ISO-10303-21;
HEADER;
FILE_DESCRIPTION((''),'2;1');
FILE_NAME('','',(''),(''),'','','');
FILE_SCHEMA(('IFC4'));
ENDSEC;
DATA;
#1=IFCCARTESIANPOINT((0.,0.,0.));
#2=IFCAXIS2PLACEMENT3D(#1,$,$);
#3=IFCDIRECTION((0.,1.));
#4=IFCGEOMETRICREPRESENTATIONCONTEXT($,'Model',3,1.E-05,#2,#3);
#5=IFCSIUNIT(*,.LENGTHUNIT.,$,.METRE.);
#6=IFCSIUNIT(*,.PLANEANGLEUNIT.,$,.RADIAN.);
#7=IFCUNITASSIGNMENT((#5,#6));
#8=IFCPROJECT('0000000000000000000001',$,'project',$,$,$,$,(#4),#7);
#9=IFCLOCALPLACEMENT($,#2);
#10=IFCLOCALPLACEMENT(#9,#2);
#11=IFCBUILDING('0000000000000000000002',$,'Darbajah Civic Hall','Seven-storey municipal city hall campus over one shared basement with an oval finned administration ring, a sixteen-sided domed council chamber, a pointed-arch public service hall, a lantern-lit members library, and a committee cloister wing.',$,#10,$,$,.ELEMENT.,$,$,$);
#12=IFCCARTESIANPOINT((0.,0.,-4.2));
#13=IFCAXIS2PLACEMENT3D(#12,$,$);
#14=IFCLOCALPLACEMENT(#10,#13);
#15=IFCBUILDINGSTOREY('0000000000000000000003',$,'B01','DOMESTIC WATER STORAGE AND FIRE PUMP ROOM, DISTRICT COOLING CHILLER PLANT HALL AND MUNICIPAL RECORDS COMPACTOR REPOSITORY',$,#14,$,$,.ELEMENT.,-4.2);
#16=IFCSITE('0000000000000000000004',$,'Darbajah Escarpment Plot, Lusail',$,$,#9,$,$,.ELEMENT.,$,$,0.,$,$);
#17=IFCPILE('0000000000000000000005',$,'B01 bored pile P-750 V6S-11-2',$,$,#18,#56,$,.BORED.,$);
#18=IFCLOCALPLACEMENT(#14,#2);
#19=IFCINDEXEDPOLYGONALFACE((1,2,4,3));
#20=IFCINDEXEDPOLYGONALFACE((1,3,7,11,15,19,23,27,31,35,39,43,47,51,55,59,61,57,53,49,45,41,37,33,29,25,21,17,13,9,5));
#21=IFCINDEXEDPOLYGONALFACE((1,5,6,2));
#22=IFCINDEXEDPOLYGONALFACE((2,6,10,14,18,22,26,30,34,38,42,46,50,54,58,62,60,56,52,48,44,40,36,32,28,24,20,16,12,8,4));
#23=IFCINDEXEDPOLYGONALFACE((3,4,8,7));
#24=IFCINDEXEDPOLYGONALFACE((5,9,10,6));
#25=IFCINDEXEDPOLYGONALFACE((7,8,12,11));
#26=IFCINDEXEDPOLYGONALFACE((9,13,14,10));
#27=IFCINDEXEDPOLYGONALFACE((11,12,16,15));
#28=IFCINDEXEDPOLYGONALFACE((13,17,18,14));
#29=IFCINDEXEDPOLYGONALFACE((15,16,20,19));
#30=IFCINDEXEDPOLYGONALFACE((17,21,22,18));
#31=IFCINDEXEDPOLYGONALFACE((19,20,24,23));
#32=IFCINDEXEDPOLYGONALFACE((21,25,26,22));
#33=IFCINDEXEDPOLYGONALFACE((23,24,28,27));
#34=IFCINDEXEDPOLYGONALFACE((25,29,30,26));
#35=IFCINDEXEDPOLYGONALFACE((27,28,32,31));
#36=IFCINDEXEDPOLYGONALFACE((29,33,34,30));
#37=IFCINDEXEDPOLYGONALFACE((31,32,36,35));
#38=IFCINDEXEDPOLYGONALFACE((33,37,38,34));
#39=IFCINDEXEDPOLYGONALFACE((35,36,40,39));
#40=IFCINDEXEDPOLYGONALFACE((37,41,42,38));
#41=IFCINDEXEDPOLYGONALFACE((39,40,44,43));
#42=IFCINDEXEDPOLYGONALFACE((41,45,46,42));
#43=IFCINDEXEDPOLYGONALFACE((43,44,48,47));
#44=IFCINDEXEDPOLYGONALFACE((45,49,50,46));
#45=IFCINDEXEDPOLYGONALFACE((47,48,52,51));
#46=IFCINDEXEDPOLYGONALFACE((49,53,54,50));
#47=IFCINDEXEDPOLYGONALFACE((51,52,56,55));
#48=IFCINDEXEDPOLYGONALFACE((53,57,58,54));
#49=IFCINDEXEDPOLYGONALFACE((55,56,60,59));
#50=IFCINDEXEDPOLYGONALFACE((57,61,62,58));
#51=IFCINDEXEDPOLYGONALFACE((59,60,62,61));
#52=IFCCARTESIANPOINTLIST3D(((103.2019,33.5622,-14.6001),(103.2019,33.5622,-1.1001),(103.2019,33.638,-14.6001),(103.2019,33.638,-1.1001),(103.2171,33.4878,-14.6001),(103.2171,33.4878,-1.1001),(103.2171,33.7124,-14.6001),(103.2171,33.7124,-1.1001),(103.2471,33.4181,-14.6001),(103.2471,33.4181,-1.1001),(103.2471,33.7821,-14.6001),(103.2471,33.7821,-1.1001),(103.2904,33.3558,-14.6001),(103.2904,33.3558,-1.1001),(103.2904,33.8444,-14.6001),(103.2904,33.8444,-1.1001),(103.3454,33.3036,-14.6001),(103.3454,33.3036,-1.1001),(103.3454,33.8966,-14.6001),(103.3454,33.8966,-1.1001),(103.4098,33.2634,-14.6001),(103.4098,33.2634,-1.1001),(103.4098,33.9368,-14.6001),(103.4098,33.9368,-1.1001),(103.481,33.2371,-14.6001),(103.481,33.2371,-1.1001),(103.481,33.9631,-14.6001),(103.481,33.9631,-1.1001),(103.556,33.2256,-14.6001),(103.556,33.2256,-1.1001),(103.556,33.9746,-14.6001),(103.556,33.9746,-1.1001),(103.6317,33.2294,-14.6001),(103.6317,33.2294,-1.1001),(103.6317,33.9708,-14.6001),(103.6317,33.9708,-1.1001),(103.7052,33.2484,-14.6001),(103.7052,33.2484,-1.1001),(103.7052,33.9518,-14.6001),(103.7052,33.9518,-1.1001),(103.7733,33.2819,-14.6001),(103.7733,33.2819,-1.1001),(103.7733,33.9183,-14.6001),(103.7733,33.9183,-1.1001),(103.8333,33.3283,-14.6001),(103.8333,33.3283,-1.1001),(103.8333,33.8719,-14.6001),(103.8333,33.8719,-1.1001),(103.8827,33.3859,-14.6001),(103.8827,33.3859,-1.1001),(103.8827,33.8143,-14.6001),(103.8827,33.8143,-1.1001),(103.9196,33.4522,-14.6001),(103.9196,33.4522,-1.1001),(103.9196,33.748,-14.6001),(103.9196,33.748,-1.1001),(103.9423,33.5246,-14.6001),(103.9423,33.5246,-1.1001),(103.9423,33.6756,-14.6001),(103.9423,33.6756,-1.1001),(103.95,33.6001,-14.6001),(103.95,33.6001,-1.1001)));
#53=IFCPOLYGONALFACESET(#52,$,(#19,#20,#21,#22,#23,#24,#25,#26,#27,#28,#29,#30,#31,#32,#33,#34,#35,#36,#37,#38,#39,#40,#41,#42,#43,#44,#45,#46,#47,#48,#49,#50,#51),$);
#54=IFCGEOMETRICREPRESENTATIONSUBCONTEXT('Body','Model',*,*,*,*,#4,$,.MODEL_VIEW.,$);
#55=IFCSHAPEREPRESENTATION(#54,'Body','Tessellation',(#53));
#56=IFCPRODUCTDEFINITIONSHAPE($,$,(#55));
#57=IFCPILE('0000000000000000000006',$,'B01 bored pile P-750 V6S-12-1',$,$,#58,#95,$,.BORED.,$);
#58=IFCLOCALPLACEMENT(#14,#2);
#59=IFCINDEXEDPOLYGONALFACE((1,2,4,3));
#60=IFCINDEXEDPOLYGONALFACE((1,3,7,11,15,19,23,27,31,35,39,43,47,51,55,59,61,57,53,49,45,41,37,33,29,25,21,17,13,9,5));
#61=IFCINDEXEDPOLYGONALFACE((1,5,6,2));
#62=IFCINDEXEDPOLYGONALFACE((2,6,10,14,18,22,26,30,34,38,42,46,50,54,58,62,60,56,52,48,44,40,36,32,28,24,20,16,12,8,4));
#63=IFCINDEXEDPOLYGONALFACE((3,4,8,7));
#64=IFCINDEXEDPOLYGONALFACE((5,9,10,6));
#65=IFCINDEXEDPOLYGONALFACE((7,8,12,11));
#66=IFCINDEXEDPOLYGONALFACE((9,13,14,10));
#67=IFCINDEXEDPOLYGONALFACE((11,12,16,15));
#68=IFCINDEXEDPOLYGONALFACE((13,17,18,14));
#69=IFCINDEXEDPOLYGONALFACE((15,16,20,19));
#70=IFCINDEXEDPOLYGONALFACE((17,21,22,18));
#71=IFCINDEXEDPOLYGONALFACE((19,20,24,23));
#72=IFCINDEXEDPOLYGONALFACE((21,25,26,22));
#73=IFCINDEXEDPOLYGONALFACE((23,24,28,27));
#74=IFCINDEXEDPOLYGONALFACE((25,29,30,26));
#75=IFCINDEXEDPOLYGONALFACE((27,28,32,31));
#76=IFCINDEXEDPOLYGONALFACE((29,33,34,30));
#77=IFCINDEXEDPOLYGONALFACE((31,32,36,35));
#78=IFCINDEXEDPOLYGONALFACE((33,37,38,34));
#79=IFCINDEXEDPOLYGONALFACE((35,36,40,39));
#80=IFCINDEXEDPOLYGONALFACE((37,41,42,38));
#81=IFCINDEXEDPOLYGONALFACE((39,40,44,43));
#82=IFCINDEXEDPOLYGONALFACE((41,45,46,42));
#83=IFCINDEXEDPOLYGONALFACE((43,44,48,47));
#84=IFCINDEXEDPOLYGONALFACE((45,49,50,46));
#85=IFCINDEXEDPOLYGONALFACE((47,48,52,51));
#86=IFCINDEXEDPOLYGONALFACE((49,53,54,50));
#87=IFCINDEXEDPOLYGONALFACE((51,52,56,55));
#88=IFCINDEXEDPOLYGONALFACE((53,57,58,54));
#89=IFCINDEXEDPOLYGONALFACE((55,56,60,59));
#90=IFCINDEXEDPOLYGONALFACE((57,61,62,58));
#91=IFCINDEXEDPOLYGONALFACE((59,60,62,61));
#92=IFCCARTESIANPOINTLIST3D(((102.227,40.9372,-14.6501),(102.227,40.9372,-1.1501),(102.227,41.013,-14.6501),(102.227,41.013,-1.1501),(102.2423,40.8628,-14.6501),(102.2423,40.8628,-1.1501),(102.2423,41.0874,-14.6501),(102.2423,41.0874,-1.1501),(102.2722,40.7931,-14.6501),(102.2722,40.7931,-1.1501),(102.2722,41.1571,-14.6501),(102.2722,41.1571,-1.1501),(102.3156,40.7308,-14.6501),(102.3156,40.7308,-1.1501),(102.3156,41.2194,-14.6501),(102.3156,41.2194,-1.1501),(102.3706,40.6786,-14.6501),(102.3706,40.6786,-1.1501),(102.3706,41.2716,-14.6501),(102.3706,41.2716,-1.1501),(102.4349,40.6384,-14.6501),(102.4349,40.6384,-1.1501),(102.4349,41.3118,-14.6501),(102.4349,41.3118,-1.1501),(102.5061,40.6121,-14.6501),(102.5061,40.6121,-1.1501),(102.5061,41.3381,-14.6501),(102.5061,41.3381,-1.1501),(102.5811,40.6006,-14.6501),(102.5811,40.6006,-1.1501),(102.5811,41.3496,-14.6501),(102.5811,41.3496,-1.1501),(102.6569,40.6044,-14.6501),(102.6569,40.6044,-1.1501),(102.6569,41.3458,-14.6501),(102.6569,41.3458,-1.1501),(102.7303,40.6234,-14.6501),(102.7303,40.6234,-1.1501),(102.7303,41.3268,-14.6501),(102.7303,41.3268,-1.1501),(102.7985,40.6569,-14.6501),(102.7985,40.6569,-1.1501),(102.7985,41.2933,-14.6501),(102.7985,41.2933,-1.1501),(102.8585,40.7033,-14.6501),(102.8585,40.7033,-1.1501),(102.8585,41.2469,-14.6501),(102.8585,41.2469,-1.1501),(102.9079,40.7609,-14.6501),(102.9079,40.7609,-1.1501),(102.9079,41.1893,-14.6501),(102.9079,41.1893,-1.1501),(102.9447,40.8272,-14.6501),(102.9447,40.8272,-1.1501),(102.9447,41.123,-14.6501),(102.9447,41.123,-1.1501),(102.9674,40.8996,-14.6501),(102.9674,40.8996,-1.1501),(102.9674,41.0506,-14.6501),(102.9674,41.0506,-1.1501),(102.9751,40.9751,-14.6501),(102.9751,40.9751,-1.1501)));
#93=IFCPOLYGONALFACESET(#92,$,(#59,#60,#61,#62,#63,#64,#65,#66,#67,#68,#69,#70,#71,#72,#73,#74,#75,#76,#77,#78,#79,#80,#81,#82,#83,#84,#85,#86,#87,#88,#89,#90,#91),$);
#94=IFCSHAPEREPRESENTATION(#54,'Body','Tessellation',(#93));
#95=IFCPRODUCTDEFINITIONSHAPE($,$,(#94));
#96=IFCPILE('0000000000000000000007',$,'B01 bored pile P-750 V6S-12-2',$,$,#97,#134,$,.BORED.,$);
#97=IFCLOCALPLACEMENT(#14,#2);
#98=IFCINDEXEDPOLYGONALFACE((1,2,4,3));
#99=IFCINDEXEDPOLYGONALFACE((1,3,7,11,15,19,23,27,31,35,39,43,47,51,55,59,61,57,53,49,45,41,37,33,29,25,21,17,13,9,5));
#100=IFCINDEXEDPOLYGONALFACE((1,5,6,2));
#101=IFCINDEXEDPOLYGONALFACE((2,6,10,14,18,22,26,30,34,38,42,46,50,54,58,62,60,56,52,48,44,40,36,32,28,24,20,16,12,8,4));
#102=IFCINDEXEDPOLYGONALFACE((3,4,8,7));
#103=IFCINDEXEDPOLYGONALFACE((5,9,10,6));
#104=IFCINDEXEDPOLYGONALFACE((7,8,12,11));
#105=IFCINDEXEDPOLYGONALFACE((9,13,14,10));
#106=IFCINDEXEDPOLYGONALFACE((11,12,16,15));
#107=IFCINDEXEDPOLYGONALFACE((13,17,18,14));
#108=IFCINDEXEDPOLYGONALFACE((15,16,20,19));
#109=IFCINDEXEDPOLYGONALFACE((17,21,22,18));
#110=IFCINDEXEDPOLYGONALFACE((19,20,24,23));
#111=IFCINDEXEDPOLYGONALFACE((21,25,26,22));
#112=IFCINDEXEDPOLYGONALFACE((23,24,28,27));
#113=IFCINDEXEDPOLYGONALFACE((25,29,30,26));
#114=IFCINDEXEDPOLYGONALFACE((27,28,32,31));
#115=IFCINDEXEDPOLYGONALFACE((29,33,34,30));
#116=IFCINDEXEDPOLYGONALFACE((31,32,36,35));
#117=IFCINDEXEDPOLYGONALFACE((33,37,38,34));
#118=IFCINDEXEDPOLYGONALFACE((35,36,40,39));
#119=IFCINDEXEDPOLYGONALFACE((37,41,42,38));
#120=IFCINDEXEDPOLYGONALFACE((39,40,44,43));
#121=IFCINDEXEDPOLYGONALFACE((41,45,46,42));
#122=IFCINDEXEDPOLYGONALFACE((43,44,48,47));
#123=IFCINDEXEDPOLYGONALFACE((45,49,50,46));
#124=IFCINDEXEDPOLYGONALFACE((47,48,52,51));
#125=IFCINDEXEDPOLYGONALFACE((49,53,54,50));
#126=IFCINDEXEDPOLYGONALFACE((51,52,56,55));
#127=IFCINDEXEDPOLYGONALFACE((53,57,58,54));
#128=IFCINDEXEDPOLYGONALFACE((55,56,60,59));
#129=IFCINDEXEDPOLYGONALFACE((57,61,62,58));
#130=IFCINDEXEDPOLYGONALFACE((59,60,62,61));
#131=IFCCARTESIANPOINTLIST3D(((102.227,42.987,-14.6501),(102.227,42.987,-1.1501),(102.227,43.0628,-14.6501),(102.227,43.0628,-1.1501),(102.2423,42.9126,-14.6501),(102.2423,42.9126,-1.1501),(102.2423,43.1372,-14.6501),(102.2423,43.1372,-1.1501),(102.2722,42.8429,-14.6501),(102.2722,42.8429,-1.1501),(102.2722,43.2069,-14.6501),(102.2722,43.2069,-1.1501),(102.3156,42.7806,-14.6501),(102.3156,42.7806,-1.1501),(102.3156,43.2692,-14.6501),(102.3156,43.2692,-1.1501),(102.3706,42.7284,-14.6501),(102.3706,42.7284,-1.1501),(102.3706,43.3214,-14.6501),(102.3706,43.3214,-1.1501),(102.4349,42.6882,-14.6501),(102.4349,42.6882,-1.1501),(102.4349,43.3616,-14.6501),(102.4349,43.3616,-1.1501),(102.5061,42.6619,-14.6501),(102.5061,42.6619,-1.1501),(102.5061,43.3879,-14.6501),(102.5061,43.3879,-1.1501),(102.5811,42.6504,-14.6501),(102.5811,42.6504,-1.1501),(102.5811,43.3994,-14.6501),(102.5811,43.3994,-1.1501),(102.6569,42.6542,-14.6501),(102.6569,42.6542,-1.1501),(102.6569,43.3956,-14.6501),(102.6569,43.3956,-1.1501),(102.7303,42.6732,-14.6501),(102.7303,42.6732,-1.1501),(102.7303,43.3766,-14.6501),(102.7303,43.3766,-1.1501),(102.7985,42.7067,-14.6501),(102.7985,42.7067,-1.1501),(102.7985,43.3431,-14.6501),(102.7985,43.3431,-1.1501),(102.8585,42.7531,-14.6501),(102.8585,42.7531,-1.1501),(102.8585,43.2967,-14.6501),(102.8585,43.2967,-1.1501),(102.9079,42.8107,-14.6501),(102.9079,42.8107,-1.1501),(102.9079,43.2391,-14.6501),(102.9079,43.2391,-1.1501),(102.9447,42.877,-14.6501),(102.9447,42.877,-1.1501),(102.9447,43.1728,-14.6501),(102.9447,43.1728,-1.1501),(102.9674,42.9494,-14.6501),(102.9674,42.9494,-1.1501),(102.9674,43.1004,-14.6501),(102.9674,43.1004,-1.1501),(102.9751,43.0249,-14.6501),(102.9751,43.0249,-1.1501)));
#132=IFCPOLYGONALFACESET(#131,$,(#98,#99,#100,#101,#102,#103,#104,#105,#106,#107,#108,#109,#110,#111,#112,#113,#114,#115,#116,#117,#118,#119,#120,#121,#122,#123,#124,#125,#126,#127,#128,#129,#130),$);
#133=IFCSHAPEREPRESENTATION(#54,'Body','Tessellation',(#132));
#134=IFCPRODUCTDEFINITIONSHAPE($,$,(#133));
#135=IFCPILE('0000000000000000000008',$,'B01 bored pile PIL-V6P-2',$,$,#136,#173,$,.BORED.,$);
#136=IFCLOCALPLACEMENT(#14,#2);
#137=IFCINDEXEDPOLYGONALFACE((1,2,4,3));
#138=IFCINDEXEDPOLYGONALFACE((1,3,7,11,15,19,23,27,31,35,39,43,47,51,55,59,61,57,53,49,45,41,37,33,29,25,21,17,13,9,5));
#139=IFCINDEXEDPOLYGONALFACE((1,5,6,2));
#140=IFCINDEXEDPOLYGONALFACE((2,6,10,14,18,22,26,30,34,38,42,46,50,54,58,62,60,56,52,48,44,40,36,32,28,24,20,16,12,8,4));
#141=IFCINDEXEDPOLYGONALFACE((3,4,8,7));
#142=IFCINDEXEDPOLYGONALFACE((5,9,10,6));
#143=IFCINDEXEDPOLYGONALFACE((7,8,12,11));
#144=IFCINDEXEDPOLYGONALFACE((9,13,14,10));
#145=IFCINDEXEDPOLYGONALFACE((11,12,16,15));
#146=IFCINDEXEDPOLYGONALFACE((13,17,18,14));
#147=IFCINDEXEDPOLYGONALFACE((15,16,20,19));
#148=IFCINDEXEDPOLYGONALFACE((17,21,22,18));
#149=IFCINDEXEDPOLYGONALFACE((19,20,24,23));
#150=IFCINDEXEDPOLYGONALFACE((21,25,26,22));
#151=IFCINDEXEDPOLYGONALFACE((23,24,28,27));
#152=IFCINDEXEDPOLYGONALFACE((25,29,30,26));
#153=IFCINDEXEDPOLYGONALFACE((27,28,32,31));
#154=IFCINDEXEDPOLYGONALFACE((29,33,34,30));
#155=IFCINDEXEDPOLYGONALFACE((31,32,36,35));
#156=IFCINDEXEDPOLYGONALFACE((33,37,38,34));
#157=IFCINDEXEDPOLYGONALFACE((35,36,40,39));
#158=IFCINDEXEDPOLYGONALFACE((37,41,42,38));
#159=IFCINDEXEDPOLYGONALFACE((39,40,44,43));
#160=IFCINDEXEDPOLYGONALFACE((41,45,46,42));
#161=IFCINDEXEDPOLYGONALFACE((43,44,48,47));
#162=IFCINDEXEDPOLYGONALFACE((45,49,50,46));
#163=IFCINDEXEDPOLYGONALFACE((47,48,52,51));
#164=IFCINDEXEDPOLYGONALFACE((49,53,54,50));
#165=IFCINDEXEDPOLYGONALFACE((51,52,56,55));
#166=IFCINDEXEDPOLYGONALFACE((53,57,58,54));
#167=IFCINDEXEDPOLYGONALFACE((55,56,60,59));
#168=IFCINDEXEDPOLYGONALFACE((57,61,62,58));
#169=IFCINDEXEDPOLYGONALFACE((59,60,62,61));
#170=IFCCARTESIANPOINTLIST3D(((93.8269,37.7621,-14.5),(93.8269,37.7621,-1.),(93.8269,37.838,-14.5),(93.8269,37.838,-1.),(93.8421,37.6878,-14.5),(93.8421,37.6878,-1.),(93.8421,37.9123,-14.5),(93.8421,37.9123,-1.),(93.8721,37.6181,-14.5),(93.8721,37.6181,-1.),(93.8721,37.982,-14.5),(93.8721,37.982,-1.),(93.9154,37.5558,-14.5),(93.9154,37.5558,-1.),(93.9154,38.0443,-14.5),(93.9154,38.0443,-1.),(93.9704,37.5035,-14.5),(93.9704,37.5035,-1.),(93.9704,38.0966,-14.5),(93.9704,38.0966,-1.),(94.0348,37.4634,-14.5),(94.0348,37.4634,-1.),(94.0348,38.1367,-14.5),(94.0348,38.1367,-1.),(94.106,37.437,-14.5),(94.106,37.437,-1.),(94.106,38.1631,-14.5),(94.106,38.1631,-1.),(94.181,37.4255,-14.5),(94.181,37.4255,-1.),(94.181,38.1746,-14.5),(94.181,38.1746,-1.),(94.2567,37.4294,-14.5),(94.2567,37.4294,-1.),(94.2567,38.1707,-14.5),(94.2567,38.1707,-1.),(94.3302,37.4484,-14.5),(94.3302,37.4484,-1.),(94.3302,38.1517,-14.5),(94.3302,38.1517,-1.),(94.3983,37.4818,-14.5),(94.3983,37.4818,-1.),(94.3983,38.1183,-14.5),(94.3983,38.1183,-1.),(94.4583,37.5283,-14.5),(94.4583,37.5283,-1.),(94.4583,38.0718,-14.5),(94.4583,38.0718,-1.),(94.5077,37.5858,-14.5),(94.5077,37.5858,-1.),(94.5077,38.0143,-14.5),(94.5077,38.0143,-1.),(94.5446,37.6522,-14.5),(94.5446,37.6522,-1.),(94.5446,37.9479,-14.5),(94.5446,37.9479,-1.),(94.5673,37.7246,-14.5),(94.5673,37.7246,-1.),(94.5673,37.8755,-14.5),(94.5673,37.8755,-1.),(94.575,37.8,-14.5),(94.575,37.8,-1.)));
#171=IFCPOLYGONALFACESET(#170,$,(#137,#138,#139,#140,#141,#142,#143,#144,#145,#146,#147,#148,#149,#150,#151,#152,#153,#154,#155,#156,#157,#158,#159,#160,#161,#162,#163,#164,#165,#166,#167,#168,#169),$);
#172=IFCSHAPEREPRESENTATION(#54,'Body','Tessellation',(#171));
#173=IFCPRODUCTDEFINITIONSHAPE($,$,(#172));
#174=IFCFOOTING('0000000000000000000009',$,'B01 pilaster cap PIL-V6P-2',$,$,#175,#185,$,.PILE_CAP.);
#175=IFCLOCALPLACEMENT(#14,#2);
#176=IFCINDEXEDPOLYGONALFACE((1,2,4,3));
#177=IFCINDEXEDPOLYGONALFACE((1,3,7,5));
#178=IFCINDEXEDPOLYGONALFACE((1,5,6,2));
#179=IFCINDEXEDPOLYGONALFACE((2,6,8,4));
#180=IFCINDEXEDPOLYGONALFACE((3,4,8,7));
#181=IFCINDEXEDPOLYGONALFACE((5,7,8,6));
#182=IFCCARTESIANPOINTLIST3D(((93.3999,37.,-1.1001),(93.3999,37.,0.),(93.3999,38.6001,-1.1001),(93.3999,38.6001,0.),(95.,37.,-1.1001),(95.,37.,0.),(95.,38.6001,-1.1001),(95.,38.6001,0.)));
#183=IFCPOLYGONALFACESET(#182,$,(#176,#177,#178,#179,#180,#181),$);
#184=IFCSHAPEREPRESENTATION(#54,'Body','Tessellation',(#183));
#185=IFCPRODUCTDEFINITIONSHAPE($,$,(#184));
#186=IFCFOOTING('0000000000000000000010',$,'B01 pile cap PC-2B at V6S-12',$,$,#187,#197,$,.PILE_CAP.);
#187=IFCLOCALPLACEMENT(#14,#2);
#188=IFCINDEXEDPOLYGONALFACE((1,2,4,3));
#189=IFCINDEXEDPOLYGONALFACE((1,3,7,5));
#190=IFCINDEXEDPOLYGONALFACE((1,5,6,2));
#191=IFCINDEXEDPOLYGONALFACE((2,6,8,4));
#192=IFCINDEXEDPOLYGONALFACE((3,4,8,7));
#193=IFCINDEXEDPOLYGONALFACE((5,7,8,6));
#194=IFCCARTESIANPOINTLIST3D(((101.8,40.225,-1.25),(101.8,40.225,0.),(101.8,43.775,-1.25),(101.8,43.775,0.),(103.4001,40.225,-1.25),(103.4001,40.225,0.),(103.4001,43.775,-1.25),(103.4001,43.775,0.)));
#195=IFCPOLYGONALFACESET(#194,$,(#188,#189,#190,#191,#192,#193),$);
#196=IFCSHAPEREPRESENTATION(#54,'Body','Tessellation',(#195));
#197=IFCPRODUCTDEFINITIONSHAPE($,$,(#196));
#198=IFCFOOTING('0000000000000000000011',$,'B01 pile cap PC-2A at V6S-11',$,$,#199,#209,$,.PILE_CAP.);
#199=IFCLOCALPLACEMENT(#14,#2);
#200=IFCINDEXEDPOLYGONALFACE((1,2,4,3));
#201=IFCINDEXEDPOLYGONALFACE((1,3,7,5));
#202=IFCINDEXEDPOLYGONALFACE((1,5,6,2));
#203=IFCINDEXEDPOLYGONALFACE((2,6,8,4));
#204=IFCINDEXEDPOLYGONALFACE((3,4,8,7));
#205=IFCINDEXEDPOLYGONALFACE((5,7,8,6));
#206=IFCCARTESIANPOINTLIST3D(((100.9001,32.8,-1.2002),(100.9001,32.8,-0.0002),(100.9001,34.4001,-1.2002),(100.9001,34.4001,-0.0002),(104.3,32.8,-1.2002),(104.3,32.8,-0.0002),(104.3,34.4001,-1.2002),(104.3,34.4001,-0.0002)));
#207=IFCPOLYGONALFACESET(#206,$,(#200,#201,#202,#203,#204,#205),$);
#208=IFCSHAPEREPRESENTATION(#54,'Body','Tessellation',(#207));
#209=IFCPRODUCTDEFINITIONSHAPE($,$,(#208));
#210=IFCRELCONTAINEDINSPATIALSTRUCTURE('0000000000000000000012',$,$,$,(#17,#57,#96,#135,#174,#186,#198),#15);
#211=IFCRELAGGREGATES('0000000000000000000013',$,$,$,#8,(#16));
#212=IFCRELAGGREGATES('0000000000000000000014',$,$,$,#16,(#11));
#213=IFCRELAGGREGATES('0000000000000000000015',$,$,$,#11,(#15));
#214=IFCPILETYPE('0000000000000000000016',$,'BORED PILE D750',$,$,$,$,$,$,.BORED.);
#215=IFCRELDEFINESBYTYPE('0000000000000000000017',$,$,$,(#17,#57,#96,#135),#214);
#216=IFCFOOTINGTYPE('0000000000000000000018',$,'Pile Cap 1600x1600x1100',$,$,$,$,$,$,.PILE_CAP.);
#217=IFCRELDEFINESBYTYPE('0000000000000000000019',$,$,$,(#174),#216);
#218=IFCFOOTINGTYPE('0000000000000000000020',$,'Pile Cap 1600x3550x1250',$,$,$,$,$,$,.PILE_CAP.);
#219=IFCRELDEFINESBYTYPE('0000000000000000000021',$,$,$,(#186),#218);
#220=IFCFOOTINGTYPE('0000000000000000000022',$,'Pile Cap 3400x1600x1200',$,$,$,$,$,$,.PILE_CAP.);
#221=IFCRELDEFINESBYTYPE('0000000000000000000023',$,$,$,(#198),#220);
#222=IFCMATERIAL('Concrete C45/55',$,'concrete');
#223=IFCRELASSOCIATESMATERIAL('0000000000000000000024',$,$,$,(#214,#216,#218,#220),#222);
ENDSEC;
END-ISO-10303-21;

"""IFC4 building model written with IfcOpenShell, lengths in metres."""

from ifc_helpers import new_model, si_unit, direction, frame, origin, origin_2d, place, context, subcontext, project, spatial, rectangle, circle, extrude, material, material_profile, profile_set, type_object, element, save


model = new_model("IFC4")

# Units and contexts
model_context = context("Model", 3, precision=1e-05, world=origin(), true_north=direction((0.0, 1.0)))
body_context = subcontext(model_context, "Body", "Model", "MODEL_VIEW")
ifc_project = project(units=[si_unit("LENGTHUNIT", "METRE"), si_unit("PLANEANGLEUNIT", "RADIAN")], contexts=[model_context])

# Site, building, storey
site_placement = place(None, origin())
site = spatial("IfcSite", under=ifc_project, at=site_placement, Name="Darbajah Escarpment Plot, Lusail", CompositionType="ELEMENT", RefElevation=0.0)
building_placement = place(site_placement, origin())
building = spatial("IfcBuilding", under=site, at=building_placement, Name="Darbajah Civic Hall", Description="Seven-storey municipal city hall campus over one shared basement with an oval finned administration ring, a sixteen-sided domed council chamber, a pointed-arch public service hall, a lantern-lit members library, and a committee cloister wing.", CompositionType="ELEMENT")
storey_placement = place(building_placement, frame((0.0, 0.0, -4.2)))
storey = spatial("IfcBuildingStorey", under=building, at=storey_placement, Name="B01", Description="DOMESTIC WATER STORAGE AND FIRE PUMP ROOM, DISTRICT COOLING CHILLER PLANT HALL AND MUNICIPAL RECORDS COMPACTOR REPOSITORY", CompositionType="ELEMENT", Elevation=-4.2)

# Piles
ifc_material_1 = material(Name="Concrete C45/55", Category="concrete")
ifc_material_profile_1 = material_profile(ifc_material_1, circle(Radius=0.375, at=origin_2d()), Name="BORED PILE D750")
ifc_profile_set_1 = profile_set([ifc_material_profile_1], Name="Concrete C45/55")
pile_type = type_object("IfcPileType", Name="BORED PILE D750", PredefinedType="BORED", material=ifc_profile_set_1)
for number, where, z_axis, x_axis, name in (
    (1, (103.575, 33.6001, -1.1001), (0.0, 0.0, -1.0), (1.0, 0.0, 0.0), "B01 bored pile P-750 V6S-11-2"),
    (2, (102.6001, 40.9751, -1.1501), (0.0, 0.0, -1.0), (1.0, 0.0, 0.0), "B01 bored pile P-750 V6S-12-1"),
    (3, (102.6001, 43.0249, -1.1501), (0.0, 0.0, -1.0), (1.0, 0.0, 0.0), "B01 bored pile P-750 V6S-12-2"),
    (4, (94.2, 37.8, -1.0), (0.0, 0.0, -1.0), (1.0, 0.0, 0.0), "B01 bored pile PIL-V6P-2"),
):
    element("IfcPile", number, at=place(storey_placement, frame(where, z_axis=z_axis, x_axis=x_axis)), inside=storey, type_object=pile_type, Name=name, PredefinedType="BORED", context=body_context, shape_type="SweptSolid", body=[
        extrude(circle(Radius=0.375, at=origin_2d()), origin(), (0.0, 0.0, 1.0), 13.5),
    ])

# Footings
footing_type_1 = type_object("IfcFootingType", Name="Pile Cap 1600x1600x1100", PredefinedType="PILE_CAP", material=ifc_material_1)
footing_1_placement = place(storey_placement, frame((94.2, 37.8, -1.1001), z_axis=(0.0, 0.0, 1.0), x_axis=(1.0, 0.0, 0.0)))
element("IfcFooting", 5, at=footing_1_placement, inside=storey, type_object=footing_type_1, Name="B01 pilaster cap PIL-V6P-2", PredefinedType="PILE_CAP", context=body_context, shape_type="SweptSolid", body=[
    extrude(rectangle(XDim=1.6001, YDim=1.6001, at=origin_2d()), origin(), (0.0, 0.0, 1.0), 1.1001),
])
footing_type_2 = type_object("IfcFootingType", Name="Pile Cap 1600x3550x1250", PredefinedType="PILE_CAP", material=ifc_material_1)
footing_2_placement = place(storey_placement, frame((102.6001, 42.0, -1.25), z_axis=(0.0, 0.0, 1.0), x_axis=(1.0, 0.0, 0.0)))
element("IfcFooting", 6, at=footing_2_placement, inside=storey, type_object=footing_type_2, Name="B01 pile cap PC-2B at V6S-12", PredefinedType="PILE_CAP", context=body_context, shape_type="SweptSolid", body=[
    extrude(rectangle(XDim=1.6001, YDim=3.55, at=origin_2d()), origin(), (0.0, 0.0, 1.0), 1.25),
])
footing_type_3 = type_object("IfcFootingType", Name="Pile Cap 3400x1600x1200", PredefinedType="PILE_CAP", material=ifc_material_1)
footing_3_placement = place(storey_placement, frame((102.6001, 33.6001, -1.2002), z_axis=(0.0, 0.0, 1.0), x_axis=(1.0, 0.0, 0.0)))
element("IfcFooting", 7, at=footing_3_placement, inside=storey, type_object=footing_type_3, Name="B01 pile cap PC-2A at V6S-11", PredefinedType="PILE_CAP", context=body_context, shape_type="SweptSolid", body=[
    extrude(rectangle(XDim=3.3999, YDim=1.6001, at=origin_2d()), origin(), (0.0, 0.0, 1.0), 1.2),
])

save(model, "model.ifc")
